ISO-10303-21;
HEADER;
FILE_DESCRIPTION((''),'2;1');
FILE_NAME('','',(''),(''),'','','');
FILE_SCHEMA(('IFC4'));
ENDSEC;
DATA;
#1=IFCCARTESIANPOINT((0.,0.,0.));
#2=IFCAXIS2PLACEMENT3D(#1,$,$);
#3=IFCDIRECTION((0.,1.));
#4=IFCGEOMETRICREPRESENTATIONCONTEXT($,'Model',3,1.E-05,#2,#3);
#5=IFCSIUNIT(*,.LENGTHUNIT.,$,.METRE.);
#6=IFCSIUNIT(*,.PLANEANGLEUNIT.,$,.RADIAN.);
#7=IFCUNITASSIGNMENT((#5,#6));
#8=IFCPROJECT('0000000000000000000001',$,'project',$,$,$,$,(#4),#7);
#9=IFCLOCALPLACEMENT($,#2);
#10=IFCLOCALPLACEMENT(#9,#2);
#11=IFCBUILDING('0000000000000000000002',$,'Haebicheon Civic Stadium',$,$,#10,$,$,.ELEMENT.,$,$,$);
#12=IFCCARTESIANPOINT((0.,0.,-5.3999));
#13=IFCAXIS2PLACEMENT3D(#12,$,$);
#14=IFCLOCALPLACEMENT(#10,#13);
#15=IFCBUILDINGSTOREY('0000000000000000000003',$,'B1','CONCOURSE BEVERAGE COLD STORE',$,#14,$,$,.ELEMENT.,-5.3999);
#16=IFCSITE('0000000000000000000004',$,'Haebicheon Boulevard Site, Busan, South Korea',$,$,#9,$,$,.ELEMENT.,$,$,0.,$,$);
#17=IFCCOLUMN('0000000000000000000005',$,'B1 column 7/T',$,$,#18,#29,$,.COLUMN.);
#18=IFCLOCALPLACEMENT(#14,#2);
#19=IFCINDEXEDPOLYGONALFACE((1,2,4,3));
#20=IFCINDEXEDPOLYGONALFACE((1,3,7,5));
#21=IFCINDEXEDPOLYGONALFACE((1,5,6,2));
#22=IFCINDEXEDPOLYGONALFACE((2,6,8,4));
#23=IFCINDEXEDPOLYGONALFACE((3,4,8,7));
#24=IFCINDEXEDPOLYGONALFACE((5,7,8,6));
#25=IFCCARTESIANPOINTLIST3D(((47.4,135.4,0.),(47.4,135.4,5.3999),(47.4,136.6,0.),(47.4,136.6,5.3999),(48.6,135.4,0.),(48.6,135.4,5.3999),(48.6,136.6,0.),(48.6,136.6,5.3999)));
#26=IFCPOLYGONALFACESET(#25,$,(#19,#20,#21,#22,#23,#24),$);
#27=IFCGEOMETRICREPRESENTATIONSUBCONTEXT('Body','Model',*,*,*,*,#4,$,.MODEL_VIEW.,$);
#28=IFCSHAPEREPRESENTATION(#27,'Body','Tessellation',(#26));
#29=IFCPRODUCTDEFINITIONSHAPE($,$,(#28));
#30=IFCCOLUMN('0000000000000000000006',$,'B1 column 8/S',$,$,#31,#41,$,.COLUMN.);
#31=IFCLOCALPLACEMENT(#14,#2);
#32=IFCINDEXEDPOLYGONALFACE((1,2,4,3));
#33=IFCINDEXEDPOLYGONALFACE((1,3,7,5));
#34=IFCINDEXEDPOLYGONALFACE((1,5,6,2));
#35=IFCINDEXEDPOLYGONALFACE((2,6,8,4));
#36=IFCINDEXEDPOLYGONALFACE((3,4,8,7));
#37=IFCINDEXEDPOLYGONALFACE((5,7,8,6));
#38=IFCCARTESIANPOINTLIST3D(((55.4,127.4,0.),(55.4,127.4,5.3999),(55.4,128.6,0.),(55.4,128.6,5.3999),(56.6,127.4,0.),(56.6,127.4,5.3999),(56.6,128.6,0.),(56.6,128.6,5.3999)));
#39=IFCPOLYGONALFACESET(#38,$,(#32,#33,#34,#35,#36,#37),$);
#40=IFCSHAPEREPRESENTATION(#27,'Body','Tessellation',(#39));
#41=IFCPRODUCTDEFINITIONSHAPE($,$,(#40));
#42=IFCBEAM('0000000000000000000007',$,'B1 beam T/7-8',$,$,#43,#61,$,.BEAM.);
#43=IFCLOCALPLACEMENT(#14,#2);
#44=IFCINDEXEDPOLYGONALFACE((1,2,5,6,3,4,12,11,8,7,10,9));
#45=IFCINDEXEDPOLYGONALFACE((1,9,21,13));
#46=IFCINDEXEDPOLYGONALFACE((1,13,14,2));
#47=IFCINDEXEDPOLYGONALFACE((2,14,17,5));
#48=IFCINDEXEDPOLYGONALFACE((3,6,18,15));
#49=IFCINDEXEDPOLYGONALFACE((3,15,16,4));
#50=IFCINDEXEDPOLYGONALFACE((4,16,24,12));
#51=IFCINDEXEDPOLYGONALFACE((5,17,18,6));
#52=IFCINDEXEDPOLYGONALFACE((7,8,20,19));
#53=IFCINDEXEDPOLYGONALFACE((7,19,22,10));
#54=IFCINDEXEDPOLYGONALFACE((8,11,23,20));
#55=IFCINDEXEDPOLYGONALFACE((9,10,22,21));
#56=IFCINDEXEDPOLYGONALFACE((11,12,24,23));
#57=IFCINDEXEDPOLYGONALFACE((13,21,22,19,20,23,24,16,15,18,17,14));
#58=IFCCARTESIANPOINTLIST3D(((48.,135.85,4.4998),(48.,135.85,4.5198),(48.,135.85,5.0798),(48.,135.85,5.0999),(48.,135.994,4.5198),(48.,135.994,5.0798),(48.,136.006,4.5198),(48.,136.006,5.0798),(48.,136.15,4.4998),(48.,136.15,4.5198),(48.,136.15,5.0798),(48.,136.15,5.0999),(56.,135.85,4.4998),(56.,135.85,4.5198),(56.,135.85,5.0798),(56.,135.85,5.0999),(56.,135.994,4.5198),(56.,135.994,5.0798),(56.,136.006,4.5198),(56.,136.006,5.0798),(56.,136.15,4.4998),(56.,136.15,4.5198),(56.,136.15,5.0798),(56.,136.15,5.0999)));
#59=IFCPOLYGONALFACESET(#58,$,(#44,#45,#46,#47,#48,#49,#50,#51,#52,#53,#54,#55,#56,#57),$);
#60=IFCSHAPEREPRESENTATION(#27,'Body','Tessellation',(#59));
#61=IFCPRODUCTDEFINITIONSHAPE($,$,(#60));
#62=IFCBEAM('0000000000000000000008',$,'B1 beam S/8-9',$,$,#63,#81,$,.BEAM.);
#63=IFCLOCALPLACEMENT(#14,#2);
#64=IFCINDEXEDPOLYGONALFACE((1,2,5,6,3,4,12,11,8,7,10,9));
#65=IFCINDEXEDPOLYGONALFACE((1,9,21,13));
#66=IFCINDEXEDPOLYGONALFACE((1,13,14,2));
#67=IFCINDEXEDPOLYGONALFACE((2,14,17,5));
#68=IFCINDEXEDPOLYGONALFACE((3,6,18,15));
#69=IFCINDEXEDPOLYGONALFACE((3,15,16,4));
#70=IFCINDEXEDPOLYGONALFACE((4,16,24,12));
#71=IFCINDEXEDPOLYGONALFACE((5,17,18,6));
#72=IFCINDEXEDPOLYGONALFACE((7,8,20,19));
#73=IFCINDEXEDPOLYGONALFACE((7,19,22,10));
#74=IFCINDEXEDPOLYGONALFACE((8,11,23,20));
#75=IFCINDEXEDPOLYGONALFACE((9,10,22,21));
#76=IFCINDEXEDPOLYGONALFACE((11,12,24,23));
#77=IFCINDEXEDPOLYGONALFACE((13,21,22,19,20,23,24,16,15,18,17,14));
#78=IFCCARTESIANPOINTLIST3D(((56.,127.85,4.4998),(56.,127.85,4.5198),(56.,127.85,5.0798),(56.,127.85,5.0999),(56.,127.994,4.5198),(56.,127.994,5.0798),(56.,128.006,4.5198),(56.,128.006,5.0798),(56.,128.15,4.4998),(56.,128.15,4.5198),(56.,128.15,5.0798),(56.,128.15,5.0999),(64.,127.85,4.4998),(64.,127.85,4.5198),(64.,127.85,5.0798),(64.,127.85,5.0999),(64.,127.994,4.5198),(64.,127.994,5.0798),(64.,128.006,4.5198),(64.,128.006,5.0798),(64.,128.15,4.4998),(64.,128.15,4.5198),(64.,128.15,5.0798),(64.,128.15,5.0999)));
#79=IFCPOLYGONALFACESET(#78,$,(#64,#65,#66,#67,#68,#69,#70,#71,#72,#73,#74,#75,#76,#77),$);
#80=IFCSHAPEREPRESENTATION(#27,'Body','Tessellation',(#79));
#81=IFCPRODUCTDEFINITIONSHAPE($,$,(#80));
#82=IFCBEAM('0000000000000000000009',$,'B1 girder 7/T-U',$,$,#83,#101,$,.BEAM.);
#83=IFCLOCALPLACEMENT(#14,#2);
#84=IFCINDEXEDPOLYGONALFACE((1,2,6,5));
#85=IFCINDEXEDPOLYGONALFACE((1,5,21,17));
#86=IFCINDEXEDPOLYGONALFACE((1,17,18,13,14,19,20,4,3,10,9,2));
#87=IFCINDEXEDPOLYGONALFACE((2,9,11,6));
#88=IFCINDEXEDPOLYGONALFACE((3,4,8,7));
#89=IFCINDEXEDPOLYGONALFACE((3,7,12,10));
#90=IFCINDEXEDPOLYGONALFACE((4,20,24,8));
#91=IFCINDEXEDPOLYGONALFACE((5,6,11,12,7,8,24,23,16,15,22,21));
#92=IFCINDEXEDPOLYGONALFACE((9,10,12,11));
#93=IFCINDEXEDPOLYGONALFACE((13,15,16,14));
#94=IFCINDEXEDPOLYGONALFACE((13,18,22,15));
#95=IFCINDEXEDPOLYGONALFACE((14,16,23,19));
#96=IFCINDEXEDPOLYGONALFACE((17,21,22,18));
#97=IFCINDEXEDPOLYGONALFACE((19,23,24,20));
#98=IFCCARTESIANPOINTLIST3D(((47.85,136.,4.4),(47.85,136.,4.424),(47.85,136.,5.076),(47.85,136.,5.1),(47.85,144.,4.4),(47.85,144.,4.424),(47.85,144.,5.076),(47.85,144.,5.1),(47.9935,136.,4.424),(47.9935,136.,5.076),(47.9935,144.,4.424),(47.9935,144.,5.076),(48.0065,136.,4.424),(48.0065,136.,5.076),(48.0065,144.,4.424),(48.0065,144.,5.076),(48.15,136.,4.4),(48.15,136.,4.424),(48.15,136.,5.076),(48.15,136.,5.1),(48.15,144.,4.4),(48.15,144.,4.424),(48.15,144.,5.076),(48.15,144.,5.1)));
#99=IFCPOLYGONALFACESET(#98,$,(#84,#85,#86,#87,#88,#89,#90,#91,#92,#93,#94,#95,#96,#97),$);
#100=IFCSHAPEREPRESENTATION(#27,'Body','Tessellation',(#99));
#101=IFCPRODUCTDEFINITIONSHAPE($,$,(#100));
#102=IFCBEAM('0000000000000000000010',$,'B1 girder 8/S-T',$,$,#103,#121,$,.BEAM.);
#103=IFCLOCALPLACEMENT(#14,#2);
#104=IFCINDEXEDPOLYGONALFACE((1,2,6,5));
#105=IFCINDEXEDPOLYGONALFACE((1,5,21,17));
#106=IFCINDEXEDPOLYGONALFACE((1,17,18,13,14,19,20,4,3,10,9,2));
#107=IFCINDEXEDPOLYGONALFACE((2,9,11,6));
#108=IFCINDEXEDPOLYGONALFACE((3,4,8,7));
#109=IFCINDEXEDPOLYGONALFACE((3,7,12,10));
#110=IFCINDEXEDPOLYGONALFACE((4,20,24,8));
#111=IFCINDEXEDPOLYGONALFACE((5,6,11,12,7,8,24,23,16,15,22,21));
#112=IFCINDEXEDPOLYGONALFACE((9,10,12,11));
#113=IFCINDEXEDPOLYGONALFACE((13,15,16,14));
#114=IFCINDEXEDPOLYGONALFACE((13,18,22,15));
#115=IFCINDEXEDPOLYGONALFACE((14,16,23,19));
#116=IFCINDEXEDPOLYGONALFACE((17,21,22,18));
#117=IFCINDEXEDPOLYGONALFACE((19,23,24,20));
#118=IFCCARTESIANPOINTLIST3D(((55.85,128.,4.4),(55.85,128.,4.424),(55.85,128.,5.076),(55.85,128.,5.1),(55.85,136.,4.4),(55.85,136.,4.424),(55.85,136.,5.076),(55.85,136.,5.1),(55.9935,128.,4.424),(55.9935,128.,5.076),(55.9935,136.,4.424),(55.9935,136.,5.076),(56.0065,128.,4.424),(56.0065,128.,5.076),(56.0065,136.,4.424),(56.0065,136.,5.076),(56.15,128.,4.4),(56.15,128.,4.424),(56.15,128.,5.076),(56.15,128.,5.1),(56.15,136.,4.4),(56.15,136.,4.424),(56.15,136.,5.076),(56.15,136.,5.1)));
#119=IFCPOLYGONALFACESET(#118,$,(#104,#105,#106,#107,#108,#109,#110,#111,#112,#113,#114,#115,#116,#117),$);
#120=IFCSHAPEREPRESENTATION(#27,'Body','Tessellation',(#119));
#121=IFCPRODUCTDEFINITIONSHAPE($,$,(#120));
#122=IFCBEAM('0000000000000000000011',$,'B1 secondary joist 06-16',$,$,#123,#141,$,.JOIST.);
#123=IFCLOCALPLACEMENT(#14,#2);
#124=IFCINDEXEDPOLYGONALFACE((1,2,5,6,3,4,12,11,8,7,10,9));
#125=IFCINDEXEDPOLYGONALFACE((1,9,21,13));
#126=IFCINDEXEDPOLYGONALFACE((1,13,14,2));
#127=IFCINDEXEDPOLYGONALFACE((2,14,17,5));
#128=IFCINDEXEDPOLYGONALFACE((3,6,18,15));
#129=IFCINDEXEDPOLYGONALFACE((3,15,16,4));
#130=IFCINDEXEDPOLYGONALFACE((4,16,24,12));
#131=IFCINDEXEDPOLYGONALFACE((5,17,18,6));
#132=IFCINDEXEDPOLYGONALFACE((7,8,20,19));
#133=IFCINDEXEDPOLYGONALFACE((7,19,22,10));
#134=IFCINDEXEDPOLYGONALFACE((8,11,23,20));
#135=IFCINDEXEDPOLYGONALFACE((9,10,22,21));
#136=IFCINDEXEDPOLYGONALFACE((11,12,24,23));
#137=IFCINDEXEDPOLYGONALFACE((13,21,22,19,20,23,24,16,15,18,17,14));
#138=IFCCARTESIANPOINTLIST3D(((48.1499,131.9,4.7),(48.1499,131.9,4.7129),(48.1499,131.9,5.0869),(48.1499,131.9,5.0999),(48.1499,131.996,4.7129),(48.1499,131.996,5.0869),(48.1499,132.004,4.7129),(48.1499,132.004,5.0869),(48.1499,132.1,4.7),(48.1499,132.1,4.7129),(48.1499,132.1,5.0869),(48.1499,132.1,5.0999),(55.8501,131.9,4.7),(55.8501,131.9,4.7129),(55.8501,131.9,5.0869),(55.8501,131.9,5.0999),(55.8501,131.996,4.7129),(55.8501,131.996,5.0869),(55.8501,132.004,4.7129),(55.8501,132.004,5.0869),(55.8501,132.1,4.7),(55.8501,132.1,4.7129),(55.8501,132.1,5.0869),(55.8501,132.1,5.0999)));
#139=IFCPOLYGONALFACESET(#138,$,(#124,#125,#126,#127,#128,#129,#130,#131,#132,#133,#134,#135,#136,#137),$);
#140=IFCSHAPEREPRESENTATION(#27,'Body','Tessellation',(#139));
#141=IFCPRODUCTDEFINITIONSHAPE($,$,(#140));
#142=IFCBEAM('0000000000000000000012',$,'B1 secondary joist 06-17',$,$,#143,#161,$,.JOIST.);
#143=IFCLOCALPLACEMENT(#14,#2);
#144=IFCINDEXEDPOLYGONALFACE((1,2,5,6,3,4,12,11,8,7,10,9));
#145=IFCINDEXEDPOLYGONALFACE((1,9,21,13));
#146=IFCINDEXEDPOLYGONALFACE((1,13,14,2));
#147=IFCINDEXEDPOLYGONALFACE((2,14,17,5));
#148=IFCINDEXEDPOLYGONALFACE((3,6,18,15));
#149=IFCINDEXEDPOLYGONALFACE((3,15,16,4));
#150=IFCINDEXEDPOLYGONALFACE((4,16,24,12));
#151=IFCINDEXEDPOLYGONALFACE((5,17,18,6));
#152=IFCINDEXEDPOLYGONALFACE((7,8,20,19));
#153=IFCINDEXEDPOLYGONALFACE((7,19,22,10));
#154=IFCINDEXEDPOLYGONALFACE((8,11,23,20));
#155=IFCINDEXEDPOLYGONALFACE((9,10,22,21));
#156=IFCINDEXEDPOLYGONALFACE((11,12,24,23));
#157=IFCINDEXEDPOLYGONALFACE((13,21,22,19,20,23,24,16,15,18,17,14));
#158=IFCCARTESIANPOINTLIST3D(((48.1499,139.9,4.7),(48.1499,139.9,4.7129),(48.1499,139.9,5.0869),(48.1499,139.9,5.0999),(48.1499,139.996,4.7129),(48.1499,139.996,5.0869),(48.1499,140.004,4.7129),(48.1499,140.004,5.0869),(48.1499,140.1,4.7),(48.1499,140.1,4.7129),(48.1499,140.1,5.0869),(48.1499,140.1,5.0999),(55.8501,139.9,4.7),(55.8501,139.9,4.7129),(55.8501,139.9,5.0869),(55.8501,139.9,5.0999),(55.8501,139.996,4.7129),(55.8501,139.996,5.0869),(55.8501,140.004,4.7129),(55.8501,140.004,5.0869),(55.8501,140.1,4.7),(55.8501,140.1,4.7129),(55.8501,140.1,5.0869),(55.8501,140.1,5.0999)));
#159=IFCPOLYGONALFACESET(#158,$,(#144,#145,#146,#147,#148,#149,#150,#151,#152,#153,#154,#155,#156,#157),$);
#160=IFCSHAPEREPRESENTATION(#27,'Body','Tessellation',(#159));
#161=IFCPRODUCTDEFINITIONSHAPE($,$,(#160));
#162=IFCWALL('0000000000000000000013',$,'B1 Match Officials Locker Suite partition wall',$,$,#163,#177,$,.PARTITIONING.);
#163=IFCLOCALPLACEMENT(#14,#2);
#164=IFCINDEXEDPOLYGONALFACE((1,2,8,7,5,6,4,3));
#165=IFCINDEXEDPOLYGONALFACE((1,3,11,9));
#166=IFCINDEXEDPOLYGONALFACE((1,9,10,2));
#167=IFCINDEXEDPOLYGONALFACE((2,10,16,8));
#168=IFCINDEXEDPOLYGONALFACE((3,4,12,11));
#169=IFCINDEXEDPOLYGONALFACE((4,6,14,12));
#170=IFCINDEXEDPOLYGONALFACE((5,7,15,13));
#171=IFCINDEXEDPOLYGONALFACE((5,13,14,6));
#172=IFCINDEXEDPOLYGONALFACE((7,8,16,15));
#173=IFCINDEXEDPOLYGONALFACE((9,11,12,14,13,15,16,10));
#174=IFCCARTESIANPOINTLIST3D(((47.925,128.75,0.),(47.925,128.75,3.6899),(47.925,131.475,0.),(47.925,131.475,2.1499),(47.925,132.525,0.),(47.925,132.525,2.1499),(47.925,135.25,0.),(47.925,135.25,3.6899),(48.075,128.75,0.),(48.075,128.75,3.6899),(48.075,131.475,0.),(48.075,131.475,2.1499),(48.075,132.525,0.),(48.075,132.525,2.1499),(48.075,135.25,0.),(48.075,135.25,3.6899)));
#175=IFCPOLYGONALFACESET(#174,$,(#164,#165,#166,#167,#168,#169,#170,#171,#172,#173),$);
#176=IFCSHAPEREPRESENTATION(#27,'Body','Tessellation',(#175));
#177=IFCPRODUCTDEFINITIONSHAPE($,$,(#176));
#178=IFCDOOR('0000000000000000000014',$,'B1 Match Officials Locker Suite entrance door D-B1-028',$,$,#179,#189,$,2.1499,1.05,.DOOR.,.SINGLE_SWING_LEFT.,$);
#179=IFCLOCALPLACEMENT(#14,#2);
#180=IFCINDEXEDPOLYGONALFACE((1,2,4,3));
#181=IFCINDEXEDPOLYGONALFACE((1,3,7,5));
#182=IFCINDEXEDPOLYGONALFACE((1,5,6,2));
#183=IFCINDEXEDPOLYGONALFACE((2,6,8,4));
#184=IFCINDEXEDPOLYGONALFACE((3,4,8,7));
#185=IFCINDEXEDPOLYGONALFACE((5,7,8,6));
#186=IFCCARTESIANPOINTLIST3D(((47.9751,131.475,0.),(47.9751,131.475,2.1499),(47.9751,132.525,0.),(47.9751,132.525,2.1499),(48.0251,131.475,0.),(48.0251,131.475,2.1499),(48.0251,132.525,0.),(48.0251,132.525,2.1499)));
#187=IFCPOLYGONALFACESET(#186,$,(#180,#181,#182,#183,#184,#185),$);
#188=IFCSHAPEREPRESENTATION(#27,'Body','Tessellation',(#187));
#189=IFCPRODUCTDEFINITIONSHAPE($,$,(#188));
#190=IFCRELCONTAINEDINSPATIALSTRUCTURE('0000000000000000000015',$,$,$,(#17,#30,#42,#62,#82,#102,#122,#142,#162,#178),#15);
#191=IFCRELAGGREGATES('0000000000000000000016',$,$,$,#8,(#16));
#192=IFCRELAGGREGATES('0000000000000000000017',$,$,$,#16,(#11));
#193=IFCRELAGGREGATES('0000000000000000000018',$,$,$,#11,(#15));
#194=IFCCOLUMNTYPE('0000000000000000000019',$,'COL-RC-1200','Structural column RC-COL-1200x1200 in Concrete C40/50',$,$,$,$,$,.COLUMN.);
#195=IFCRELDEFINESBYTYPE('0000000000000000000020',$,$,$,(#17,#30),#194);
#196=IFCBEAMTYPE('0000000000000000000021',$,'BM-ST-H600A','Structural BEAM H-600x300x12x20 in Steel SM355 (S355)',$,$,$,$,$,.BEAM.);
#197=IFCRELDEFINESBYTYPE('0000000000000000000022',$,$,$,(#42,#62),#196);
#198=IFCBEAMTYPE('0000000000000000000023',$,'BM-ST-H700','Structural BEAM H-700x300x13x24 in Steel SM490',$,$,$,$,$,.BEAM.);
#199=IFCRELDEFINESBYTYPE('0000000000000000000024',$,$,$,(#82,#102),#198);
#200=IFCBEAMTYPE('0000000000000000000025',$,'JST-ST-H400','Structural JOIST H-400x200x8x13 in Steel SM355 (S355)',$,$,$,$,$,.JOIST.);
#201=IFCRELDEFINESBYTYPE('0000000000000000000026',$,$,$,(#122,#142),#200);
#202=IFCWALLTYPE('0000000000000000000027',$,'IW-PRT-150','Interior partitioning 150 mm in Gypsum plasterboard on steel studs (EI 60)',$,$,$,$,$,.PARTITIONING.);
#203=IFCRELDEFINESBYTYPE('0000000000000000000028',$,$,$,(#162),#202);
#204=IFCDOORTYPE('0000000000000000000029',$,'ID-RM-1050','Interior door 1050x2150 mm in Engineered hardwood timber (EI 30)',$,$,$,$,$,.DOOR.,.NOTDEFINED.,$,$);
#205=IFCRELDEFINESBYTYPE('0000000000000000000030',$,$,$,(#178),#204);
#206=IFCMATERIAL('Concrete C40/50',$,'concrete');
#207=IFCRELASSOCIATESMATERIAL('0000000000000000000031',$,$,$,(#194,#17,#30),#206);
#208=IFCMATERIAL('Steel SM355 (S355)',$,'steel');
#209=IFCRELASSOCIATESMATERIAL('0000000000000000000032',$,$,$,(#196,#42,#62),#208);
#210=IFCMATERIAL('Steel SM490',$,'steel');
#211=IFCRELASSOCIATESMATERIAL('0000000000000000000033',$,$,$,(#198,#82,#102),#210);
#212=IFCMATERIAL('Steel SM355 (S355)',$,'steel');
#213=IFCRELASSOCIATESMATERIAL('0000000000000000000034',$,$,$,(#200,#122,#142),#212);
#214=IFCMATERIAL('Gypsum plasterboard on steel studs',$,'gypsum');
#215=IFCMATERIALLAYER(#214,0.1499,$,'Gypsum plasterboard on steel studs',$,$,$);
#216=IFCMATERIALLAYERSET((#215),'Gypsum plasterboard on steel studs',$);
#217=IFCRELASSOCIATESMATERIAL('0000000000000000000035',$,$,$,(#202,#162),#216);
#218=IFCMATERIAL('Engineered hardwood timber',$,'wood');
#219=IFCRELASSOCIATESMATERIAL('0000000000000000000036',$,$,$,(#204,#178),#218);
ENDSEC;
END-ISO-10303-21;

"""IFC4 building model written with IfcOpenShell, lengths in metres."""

from ifc_helpers import new_model, si_unit, direction, frame, frame_2d, origin, origin_2d, place, context, subcontext, project, spatial, rectangle, i_section, extrude, material, layer, layer_set, material_profile, profile_set, type_object, element, fill, save


model = new_model("IFC4")

# Units and contexts
model_context = context("Model", 3, precision=1e-05, world=origin(), true_north=direction((0.0, 1.0)))
body_context = subcontext(model_context, "Body", "Model", "MODEL_VIEW")
ifc_project = project(units=[si_unit("LENGTHUNIT", "METRE"), si_unit("PLANEANGLEUNIT", "RADIAN")], contexts=[model_context])

# Site, building, storey
site_placement = place(None, origin())
site = spatial("IfcSite", under=ifc_project, at=site_placement, Name="Haebicheon Boulevard Site, Busan, South Korea", CompositionType="ELEMENT", RefElevation=0.0)
building_placement = place(site_placement, origin())
building = spatial("IfcBuilding", under=site, at=building_placement, Name="Haebicheon Civic Stadium", CompositionType="ELEMENT")
storey_placement = place(building_placement, frame((0.0, 0.0, -5.3999)))
storey = spatial("IfcBuildingStorey", under=building, at=storey_placement, Name="B1", Description="CONCOURSE BEVERAGE COLD STORE", CompositionType="ELEMENT", Elevation=-5.3999)

# Columns
ifc_material_1 = material(Name="Concrete C40/50", Category="concrete")
ifc_material_profile_1 = material_profile(ifc_material_1, rectangle(XDim=1.2, YDim=1.2, at=origin_2d()), Name="RC-COL-1200x1200")
ifc_profile_set_1 = profile_set([ifc_material_profile_1], Name="Concrete C40/50")
column_type = type_object("IfcColumnType", Name="COL-RC-1200", Description="Structural column RC-COL-1200x1200 in Concrete C40/50", PredefinedType="COLUMN", material=ifc_profile_set_1)
for number, where, z_axis, x_axis, name in (
    (1, (48.0, 136.0, 0.0), (0.0, 0.0, 1.0), (1.0, 0.0, 0.0), "B1 column 7/T"),
    (2, (56.0, 128.0, 0.0), (0.0, 0.0, 1.0), (1.0, 0.0, 0.0), "B1 column 8/S"),
):
    element("IfcColumn", number, at=place(storey_placement, frame(where, z_axis=z_axis, x_axis=x_axis)), inside=storey, type_object=column_type, material=ifc_profile_set_1, Name=name, PredefinedType="COLUMN", context=body_context, shape_type="SweptSolid", body=[
        extrude(rectangle(XDim=1.2, YDim=1.2, at=origin_2d()), origin(), (0.0, 0.0, 1.0), 5.3999),
    ])

# Beams
ifc_material_2 = material(Name="Steel SM355 (S355)", Category="steel")
ifc_material_profile_2 = material_profile(ifc_material_2, i_section(OverallWidth=0.3, OverallDepth=0.6001, WebThickness=0.012, FlangeThickness=0.02, at=origin_2d()), Name="H-600x300x12x20")
ifc_profile_set_2 = profile_set([ifc_material_profile_2], Name="Steel SM355 (S355)")
beam_type_1 = type_object("IfcBeamType", Name="BM-ST-H600A", Description="Structural BEAM H-600x300x12x20 in Steel SM355 (S355)", PredefinedType="BEAM", material=ifc_profile_set_2)
for number, where, z_axis, x_axis, name in (
    (3, (48.0, 136.0, 4.7998), (1.0, 0.0, 0.0), (0.0, 1.0, 0.0), "B1 beam T/7-8"),
    (4, (56.0, 128.0, 4.7998), (1.0, 0.0, 0.0), (0.0, 1.0, 0.0), "B1 beam S/8-9"),
):
    element("IfcBeam", number, at=place(storey_placement, frame(where, z_axis=z_axis, x_axis=x_axis)), inside=storey, type_object=beam_type_1, material=ifc_profile_set_2, Name=name, PredefinedType="BEAM", context=body_context, shape_type="SweptSolid", body=[
        extrude(i_section(OverallWidth=0.3, OverallDepth=0.6001, WebThickness=0.012, FlangeThickness=0.02, at=origin_2d()), origin(), (0.0, 0.0, 1.0), 8.0),
    ])
ifc_material_3 = material(Name="Steel SM490", Category="steel")
ifc_material_profile_3 = material_profile(ifc_material_3, i_section(OverallWidth=0.3, OverallDepth=0.7, WebThickness=0.0129, FlangeThickness=0.0239, at=origin_2d()), Name="H-700x300x13x24")
ifc_profile_set_3 = profile_set([ifc_material_profile_3], Name="Steel SM490")
beam_type_2 = type_object("IfcBeamType", Name="BM-ST-H700", Description="Structural BEAM H-700x300x13x24 in Steel SM490", PredefinedType="BEAM", material=ifc_profile_set_3)
for number, where, z_axis, x_axis, name in (
    (5, (48.0, 136.0, 4.75), (0.0, 1.0, 0.0), (-1.0, 0.0, 0.0), "B1 girder 7/T-U"),
    (6, (56.0, 128.0, 4.75), (0.0, 1.0, 0.0), (-1.0, 0.0, 0.0), "B1 girder 8/S-T"),
):
    element("IfcBeam", number, at=place(storey_placement, frame(where, z_axis=z_axis, x_axis=x_axis)), inside=storey, type_object=beam_type_2, material=ifc_profile_set_3, Name=name, PredefinedType="BEAM", context=body_context, shape_type="SweptSolid", body=[
        extrude(i_section(OverallWidth=0.3, OverallDepth=0.7, WebThickness=0.0129, FlangeThickness=0.0239, at=origin_2d()), origin(), (0.0, 0.0, 1.0), 8.0),
    ])
ifc_material_4 = material(Name="Steel SM355 (S355)", Category="steel")
ifc_material_profile_4 = material_profile(ifc_material_4, i_section(OverallWidth=0.2, OverallDepth=0.3999, WebThickness=0.0081, FlangeThickness=0.0129, at=origin_2d()), Name="H-400x200x8x13")
ifc_profile_set_4 = profile_set([ifc_material_profile_4], Name="Steel SM355 (S355)")
beam_type_3 = type_object("IfcBeamType", Name="JST-ST-H400", Description="Structural JOIST H-400x200x8x13 in Steel SM355 (S355)", PredefinedType="JOIST", material=ifc_profile_set_4)
for number, where, z_axis, x_axis, name in (
    (7, (48.1499, 132.0, 4.8999), (1.0, 0.0, 0.0), (0.0, 1.0, 0.0), "B1 secondary joist 06-16"),
    (8, (48.1499, 140.0, 4.8999), (1.0, 0.0, 0.0), (0.0, 1.0, 0.0), "B1 secondary joist 06-17"),
):
    element("IfcBeam", number, at=place(storey_placement, frame(where, z_axis=z_axis, x_axis=x_axis)), inside=storey, type_object=beam_type_3, material=ifc_profile_set_4, Name=name, PredefinedType="JOIST", context=body_context, shape_type="SweptSolid", body=[
        extrude(i_section(OverallWidth=0.2, OverallDepth=0.3999, WebThickness=0.0081, FlangeThickness=0.0129, at=origin_2d()), origin(), (0.0, 0.0, 1.0), 7.7002),
    ])

# Wall, opening, door
ifc_material_5 = material(Name="Gypsum plasterboard on steel studs", Category="gypsum")
ifc_layer_1 = layer(ifc_material_5, 0.1499, Name="Gypsum plasterboard on steel studs")
ifc_layer_set_1 = layer_set([ifc_layer_1], Name="Gypsum plasterboard on steel studs")
wall_type = type_object("IfcWallType", Name="IW-PRT-150", Description="Interior partitioning 150 mm in Gypsum plasterboard on steel studs (EI 60)", PredefinedType="PARTITIONING", material=ifc_layer_set_1)
wall_placement = place(storey_placement, frame((48.0, 128.75, 0.0), z_axis=(0.0, 0.0, 1.0), x_axis=(0.0, 1.0, 0.0)))
wall = element("IfcWall", 9, at=wall_placement, inside=storey, type_object=wall_type, material=ifc_layer_set_1, Name="B1 Match Officials Locker Suite partition wall", PredefinedType="PARTITIONING", context=body_context, shape_type="SweptSolid", body=[
    extrude(rectangle(XDim=6.5, YDim=0.1499, at=frame_2d((3.25, 0.0))), origin(), (0.0, 0.0, 1.0), 3.6899),
])
opening_placement = place(wall_placement, frame((2.7251, 0.0, 0.0)))
opening = element("IfcOpeningElement", 10, at=opening_placement, cuts=wall, PredefinedType="OPENING", context=body_context, shape_type="SweptSolid", body=[
    extrude(rectangle(XDim=1.05, YDim=2.1499, at=frame_2d((0.5249, 1.075))), frame((0.0, 0.085, 0.0), z_axis=(0.0, -1.0, 0.0), x_axis=(1.0, 0.0, 0.0)), (0.0, 0.0, 1.0), 0.1699),
])
ifc_material_6 = material(Name="Engineered hardwood timber", Category="wood")
door_type = type_object("IfcDoorType", Name="ID-RM-1050", Description="Interior door 1050x2150 mm in Engineered hardwood timber (EI 30)", OperationType="NOTDEFINED", PredefinedType="DOOR", material=ifc_material_6)
door_placement = place(opening_placement, origin())
door = element("IfcDoor", 11, at=door_placement, inside=storey, type_object=door_type, material=ifc_material_6, Name="B1 Match Officials Locker Suite entrance door D-B1-028", OperationType="SINGLE_SWING_LEFT", OverallHeight=2.1499, OverallWidth=1.05, PredefinedType="DOOR", context=body_context, shape_type="SweptSolid", body=[
    extrude(rectangle(XDim=1.05, YDim=2.1499, at=frame_2d((0.5249, 1.075))), frame((0.0, 0.0249, 0.0), z_axis=(0.0, -1.0, 0.0), x_axis=(1.0, 0.0, 0.0)), (0.0, 0.0, 1.0), 0.05),
])
fill(opening, door)

save(model, "model.ifc")
